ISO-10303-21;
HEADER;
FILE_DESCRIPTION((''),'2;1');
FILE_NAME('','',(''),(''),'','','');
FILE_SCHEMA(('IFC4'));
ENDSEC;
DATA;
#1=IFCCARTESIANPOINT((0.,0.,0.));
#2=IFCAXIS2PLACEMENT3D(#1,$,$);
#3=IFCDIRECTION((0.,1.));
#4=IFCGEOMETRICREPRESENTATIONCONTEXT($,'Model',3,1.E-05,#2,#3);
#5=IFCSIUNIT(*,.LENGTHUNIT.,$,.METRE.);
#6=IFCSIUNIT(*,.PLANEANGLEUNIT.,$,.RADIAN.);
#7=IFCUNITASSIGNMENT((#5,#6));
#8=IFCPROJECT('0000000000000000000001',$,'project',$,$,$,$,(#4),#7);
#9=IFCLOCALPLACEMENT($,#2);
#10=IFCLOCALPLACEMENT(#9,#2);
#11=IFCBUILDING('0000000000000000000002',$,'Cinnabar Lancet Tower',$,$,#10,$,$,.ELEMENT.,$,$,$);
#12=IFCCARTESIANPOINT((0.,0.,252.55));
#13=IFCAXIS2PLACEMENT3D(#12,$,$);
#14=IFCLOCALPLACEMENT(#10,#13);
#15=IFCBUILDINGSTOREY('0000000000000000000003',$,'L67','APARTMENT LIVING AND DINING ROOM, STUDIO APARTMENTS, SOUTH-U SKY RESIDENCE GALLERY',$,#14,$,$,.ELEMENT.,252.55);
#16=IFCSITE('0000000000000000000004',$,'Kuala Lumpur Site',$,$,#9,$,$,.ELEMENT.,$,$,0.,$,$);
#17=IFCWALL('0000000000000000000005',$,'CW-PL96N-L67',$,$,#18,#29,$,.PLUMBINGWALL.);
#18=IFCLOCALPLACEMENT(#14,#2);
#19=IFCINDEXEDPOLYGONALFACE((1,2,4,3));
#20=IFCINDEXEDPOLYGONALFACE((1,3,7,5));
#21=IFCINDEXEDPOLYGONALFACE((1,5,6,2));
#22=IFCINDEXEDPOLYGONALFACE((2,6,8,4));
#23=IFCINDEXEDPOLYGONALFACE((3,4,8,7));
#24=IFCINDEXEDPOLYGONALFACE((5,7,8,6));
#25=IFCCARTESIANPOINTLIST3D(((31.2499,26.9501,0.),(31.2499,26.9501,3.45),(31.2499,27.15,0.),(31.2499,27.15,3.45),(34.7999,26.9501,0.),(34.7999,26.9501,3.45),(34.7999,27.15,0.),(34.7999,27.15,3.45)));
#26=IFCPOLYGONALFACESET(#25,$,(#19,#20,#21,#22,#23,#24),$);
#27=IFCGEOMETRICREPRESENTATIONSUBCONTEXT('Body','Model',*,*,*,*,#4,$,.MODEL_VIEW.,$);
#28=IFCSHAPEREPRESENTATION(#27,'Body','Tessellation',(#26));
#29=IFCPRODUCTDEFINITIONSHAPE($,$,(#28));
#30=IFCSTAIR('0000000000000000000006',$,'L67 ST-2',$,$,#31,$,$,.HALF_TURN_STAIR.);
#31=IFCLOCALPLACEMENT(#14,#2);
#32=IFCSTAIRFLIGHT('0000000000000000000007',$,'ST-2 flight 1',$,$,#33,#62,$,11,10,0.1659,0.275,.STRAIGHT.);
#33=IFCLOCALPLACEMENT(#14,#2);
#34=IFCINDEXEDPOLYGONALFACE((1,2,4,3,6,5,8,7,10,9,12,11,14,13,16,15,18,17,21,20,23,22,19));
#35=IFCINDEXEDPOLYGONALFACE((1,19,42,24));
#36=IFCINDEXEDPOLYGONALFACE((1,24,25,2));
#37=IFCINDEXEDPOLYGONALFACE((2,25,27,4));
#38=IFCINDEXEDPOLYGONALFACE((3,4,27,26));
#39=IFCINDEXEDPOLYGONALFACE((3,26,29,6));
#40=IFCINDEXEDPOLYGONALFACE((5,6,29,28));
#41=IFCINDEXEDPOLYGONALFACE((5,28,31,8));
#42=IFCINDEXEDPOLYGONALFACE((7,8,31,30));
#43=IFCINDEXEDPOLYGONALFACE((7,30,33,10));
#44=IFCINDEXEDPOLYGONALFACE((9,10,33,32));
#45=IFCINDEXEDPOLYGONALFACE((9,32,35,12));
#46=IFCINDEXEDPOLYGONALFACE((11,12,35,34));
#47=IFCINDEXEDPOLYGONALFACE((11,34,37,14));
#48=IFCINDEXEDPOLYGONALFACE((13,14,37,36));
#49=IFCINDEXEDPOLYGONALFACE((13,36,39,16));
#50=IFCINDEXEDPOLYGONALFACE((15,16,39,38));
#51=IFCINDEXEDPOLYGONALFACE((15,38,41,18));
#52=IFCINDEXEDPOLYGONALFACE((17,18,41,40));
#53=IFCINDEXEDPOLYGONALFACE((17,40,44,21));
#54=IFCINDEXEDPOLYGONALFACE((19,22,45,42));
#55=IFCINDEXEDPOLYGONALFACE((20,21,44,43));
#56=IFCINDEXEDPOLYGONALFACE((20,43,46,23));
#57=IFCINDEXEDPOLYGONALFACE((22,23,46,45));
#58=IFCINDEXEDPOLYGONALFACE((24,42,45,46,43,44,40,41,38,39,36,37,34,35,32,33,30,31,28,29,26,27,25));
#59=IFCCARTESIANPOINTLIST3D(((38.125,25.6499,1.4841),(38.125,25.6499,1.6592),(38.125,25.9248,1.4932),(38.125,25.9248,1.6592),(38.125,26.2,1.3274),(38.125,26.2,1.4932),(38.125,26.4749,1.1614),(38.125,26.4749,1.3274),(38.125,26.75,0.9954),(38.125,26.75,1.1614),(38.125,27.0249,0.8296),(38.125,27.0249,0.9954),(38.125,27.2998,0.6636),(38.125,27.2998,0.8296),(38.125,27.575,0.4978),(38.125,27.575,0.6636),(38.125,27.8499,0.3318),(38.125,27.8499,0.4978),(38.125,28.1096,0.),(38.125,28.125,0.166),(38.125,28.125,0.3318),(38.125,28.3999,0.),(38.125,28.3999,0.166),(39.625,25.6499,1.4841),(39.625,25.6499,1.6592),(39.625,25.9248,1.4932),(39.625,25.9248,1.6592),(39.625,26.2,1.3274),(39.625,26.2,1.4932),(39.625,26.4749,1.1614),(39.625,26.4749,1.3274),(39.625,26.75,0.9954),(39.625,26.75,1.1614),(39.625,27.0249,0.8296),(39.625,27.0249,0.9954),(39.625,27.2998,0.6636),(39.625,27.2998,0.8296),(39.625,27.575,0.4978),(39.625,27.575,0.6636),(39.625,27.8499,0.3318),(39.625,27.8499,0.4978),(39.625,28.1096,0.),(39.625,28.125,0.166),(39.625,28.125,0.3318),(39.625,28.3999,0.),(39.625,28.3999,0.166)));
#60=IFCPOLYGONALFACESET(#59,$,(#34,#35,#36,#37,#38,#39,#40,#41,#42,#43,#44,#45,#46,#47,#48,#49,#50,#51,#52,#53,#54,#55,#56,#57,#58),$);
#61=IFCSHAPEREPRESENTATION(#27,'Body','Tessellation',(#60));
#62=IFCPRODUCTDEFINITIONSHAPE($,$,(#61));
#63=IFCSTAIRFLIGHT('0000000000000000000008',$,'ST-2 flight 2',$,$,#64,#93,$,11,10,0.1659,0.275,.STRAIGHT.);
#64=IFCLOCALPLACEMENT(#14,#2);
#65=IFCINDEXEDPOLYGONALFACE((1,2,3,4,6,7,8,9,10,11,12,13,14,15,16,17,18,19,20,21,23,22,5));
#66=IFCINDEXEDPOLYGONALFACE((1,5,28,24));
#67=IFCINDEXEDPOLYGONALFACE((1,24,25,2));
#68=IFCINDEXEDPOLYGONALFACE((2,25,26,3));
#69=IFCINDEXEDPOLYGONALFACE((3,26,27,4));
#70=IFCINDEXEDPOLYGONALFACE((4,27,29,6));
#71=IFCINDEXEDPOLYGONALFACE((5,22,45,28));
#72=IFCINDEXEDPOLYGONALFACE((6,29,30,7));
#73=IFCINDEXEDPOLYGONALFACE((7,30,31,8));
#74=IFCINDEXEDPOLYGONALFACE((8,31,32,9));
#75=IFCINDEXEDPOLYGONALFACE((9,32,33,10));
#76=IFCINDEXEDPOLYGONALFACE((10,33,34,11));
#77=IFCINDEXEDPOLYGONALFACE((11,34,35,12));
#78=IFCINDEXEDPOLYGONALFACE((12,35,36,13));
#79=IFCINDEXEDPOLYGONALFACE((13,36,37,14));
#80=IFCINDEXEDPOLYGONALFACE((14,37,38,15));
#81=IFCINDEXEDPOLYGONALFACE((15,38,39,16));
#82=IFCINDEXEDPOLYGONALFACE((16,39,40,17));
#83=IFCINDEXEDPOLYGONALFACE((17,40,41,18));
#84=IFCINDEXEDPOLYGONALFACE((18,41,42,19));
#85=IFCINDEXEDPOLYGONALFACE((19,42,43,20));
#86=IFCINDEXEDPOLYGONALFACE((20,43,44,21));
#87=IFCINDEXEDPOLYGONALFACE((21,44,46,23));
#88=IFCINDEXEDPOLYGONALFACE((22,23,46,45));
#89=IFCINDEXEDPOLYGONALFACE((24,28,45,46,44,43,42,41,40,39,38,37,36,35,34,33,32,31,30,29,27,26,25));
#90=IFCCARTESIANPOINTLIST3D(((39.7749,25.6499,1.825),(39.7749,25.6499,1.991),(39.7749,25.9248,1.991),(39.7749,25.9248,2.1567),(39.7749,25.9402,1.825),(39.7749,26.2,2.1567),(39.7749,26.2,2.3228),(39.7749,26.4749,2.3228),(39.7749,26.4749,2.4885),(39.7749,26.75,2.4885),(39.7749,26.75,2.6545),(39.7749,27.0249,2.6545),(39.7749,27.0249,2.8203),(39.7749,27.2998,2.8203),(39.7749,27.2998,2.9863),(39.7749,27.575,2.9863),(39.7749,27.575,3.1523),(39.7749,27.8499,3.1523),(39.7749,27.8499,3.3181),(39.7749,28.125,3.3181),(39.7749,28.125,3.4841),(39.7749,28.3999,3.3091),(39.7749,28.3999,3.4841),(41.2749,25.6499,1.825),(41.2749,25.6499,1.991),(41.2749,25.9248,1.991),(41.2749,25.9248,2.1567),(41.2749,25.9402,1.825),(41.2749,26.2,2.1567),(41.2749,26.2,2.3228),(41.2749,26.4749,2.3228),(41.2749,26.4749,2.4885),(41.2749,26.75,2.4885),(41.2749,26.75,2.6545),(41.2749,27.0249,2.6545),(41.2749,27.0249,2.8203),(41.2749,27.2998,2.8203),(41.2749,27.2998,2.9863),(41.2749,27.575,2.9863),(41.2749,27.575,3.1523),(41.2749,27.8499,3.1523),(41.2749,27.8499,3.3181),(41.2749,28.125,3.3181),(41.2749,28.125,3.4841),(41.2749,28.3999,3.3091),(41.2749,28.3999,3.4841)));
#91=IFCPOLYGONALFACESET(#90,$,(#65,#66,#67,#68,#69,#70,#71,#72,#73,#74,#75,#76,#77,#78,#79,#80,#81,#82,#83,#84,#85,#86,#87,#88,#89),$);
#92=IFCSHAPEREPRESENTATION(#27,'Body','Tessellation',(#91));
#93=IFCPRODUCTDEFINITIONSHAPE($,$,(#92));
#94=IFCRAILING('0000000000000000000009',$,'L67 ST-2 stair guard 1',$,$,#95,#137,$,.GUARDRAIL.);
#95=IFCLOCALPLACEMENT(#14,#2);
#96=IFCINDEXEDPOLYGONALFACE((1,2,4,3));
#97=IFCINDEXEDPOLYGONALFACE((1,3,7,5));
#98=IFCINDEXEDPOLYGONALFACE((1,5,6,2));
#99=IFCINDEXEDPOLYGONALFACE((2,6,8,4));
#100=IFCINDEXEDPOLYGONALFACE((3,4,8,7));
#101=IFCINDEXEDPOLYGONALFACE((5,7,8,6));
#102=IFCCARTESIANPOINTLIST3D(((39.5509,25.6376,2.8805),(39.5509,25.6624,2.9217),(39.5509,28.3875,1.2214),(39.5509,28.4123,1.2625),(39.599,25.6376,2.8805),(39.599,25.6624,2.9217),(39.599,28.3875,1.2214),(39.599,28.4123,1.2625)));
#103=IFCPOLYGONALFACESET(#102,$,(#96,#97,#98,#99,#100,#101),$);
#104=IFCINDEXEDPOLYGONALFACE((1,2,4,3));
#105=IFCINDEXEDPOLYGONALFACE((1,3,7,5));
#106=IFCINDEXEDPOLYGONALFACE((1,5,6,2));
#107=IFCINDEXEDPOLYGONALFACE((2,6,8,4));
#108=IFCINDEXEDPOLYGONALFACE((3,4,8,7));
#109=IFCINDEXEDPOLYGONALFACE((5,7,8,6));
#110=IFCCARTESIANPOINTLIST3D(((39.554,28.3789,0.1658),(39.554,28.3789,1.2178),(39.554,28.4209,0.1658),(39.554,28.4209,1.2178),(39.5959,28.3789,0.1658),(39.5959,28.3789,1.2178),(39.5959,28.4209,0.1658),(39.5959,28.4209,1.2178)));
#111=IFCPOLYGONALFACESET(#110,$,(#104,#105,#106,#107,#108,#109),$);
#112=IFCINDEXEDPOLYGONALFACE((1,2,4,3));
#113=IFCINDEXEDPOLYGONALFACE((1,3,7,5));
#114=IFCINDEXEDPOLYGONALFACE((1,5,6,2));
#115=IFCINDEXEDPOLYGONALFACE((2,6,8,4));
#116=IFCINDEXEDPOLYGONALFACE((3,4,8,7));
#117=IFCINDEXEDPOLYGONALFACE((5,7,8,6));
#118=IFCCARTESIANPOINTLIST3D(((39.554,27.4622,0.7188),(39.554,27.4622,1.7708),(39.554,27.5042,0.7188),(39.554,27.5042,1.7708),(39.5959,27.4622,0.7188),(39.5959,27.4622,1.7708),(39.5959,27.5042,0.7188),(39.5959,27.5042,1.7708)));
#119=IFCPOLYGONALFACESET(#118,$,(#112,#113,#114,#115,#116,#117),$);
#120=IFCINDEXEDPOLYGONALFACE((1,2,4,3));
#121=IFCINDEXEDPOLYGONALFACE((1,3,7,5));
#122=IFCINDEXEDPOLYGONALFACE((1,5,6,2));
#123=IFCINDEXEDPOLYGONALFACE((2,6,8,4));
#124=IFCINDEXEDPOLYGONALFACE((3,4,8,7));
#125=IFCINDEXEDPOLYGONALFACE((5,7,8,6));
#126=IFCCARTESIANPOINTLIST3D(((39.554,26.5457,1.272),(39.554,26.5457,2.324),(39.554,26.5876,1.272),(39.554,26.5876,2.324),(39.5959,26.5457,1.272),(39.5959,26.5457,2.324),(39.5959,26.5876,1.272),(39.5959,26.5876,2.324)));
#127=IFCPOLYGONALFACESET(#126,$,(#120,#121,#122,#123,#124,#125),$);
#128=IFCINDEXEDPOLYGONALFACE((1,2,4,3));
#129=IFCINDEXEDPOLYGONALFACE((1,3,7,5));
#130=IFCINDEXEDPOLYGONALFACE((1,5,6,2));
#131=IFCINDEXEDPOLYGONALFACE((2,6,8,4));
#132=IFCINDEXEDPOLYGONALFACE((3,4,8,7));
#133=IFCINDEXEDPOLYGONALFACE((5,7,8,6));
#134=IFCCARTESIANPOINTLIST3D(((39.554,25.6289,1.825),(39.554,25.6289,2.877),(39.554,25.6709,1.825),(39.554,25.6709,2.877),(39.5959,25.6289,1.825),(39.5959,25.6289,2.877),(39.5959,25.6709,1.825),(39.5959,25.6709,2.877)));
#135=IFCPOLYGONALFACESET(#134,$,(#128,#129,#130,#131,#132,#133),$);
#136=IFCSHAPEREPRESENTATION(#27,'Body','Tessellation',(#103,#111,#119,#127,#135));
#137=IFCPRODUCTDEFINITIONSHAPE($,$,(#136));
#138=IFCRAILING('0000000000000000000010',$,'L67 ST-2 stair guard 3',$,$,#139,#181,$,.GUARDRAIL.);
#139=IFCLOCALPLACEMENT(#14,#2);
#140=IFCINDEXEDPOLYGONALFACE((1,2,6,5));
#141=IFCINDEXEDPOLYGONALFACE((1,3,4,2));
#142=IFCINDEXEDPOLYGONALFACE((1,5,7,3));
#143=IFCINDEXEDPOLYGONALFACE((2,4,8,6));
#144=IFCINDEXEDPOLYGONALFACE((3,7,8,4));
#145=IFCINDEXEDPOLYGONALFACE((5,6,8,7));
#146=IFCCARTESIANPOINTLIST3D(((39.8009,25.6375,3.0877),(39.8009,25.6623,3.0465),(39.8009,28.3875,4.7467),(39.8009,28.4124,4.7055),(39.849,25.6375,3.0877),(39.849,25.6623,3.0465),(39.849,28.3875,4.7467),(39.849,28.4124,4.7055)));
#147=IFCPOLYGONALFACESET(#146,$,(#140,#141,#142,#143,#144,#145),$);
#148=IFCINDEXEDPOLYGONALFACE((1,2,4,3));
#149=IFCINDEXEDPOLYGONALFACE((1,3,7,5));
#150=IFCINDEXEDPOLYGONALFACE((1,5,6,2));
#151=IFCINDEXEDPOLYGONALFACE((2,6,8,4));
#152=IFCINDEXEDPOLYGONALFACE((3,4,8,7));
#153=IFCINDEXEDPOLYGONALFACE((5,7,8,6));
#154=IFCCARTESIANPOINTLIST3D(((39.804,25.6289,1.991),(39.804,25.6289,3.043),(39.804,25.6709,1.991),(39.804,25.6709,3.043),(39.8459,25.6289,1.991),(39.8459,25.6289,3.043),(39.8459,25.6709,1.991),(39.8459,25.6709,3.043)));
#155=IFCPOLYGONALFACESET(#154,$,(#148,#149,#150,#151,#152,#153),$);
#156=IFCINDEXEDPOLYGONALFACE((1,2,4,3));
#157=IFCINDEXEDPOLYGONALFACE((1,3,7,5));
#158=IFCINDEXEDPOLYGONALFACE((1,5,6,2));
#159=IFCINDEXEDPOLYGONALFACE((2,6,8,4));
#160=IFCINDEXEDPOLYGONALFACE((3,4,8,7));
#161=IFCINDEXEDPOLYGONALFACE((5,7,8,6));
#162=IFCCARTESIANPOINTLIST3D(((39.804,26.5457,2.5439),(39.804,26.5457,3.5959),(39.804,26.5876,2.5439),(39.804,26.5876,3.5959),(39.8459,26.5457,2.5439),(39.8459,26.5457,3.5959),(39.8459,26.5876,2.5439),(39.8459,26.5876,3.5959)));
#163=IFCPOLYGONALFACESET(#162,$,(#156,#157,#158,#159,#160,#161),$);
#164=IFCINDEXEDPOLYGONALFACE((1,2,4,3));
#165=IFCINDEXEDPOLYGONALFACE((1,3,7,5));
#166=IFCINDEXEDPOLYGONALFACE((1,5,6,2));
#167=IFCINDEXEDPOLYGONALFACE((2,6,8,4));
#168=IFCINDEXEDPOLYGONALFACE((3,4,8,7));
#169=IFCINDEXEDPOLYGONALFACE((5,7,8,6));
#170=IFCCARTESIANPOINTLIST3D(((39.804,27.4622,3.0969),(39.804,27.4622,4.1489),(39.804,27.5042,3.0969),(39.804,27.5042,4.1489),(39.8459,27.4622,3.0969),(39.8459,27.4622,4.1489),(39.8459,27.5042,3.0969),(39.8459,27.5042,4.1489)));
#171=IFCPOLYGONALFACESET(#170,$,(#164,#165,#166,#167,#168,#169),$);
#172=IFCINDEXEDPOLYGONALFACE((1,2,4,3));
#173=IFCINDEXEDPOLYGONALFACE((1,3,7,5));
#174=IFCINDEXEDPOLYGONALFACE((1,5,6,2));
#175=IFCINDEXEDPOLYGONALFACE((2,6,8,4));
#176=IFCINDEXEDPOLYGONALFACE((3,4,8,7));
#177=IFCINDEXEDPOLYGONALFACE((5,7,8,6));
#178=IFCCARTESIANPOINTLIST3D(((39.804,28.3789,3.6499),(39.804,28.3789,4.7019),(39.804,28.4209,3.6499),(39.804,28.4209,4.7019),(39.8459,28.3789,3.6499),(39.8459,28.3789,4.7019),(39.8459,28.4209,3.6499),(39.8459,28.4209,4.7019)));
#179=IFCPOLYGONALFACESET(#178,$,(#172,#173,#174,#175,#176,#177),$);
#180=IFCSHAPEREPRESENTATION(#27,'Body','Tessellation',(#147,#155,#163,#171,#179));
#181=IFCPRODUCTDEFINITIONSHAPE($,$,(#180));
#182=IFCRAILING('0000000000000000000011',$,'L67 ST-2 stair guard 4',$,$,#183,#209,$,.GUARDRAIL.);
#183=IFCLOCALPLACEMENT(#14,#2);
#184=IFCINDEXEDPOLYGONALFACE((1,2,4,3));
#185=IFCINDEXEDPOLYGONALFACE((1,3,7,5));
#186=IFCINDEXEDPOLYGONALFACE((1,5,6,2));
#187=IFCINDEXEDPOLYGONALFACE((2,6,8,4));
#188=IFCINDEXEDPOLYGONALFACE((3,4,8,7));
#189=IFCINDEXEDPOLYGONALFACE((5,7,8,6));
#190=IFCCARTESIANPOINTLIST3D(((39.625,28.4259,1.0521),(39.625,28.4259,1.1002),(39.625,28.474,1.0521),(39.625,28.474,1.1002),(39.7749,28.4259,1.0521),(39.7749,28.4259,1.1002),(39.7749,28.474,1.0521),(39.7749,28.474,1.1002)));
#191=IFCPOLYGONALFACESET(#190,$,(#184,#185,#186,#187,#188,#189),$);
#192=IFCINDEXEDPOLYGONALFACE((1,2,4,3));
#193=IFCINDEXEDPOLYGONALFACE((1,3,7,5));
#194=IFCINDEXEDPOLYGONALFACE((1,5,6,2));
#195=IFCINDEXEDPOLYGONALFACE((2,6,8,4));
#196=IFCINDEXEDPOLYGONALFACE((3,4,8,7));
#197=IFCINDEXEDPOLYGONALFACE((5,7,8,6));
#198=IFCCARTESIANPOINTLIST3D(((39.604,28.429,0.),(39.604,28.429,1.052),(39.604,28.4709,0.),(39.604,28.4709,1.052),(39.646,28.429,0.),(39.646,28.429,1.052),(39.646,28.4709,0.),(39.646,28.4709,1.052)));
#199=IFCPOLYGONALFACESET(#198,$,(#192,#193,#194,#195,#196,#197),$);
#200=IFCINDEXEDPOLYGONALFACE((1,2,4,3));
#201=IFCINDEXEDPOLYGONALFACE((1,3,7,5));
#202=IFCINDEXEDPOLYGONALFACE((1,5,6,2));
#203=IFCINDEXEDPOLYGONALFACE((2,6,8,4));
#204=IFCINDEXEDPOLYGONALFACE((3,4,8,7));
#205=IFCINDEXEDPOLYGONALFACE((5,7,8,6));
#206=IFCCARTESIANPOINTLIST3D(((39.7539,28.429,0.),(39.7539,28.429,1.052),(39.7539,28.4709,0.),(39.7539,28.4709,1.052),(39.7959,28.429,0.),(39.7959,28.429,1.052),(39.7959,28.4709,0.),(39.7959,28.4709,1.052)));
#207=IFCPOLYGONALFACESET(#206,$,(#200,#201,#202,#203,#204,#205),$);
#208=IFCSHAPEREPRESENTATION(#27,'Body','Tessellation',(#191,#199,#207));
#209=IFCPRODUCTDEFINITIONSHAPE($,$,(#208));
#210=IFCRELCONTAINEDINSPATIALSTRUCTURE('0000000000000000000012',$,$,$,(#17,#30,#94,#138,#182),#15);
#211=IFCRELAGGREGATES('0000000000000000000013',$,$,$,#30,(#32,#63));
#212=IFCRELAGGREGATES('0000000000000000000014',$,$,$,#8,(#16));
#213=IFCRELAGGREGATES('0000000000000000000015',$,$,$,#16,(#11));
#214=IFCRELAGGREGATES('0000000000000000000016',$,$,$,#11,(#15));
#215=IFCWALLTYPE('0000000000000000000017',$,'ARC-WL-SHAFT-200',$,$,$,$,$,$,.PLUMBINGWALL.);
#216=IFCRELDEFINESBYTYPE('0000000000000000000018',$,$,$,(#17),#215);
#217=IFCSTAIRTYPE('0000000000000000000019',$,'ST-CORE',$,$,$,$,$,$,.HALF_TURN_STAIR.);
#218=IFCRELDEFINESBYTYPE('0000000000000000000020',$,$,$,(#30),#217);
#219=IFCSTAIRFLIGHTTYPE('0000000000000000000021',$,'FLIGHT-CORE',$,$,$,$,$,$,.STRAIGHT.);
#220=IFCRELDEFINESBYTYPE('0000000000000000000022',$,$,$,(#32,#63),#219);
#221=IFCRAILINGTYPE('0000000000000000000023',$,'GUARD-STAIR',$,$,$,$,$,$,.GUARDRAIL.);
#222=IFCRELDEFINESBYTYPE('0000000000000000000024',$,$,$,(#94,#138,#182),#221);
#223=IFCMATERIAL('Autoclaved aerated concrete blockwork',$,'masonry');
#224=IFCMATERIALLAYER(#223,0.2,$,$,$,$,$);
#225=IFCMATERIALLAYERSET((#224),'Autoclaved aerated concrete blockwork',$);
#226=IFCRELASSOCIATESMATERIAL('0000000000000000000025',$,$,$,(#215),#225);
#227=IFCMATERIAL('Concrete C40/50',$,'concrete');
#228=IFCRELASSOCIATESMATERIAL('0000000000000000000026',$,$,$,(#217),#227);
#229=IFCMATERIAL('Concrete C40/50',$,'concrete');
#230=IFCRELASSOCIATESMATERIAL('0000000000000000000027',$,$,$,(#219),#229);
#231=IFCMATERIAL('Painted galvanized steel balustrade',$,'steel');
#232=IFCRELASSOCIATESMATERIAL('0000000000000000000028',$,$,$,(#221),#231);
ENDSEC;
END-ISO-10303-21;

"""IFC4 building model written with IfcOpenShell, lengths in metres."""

from ifc_helpers import new_model, si_unit, direction, frame, frame_2d, origin, origin_2d, place, context, subcontext, project, spatial, polyline, rectangle, outline, extrude, material, layer, layer_set, type_object, element, aggregate, save


model = new_model("IFC4")

# Units and contexts
model_context = context("Model", 3, precision=1e-05, world=origin(), true_north=direction((0.0, 1.0)))
body_context = subcontext(model_context, "Body", "Model", "MODEL_VIEW")
ifc_project = project(units=[si_unit("LENGTHUNIT", "METRE"), si_unit("PLANEANGLEUNIT", "RADIAN")], contexts=[model_context])

# Site, building, storey
site_placement = place(None, origin())
site = spatial("IfcSite", under=ifc_project, at=site_placement, Name="Kuala Lumpur Site", CompositionType="ELEMENT", RefElevation=0.0)
building_placement = place(site_placement, origin())
building = spatial("IfcBuilding", under=site, at=building_placement, Name="Cinnabar Lancet Tower", CompositionType="ELEMENT")
storey_placement = place(building_placement, frame((0.0, 0.0, 252.55)))
storey = spatial("IfcBuildingStorey", under=building, at=storey_placement, Name="L67", Description="APARTMENT LIVING AND DINING ROOM, STUDIO APARTMENTS, SOUTH-U SKY RESIDENCE GALLERY", CompositionType="ELEMENT", Elevation=252.55)

# Shared definitions
ifc_material_1 = material(Name="Autoclaved aerated concrete blockwork", Category="masonry")
ifc_layer = layer(ifc_material_1, 0.2)
ifc_layer_set = layer_set([ifc_layer], Name="Autoclaved aerated concrete blockwork")
wall_type = type_object("IfcWallType", Name="ARC-WL-SHAFT-200", PredefinedType="PLUMBINGWALL", material=ifc_layer_set)

# Wall
wall_1_placement = place(storey_placement, frame((31.25, 27.05, 0.0), z_axis=(0.0, 0.0, 1.0), x_axis=(1.0, 0.0, 0.0)))
element("IfcWall", 1, at=wall_1_placement, inside=storey, type_object=wall_type, Name="CW-PL96N-L67", PredefinedType="PLUMBINGWALL", context=body_context, shape_type="SweptSolid", body=[
    extrude(rectangle(XDim=3.55, YDim=0.2, at=frame_2d((1.7749, 0.0))), origin(), (0.0, 0.0, 1.0), 3.45),
])

# Stair, stair flights
ifc_material_2 = material(Name="Concrete C40/50", Category="concrete")
stair_type = type_object("IfcStairType", Name="ST-CORE", PredefinedType="HALF_TURN_STAIR", material=ifc_material_2)
stair_placement = place(storey_placement, origin())
stair = element("IfcStair", 2, at=stair_placement, inside=storey, type_object=stair_type, Name="L67 ST-2", PredefinedType="HALF_TURN_STAIR")
ifc_material_3 = material(Name="Concrete C40/50", Category="concrete")
stair_flight_type = type_object("IfcStairFlightType", Name="FLIGHT-CORE", PredefinedType="STRAIGHT", material=ifc_material_3)
stair_flight_1_placement = place(storey_placement, frame((38.875, 28.3999, 0.0), z_axis=(0.0, 0.0, 1.0), x_axis=(0.0, -1.0, 0.0)))
stair_flight_1 = element("IfcStairFlight", 3, at=stair_flight_1_placement, type_object=stair_flight_type, Name="ST-2 flight 1", NumberOfRisers=11, NumberOfTreads=10, PredefinedType="STRAIGHT", RiserHeight=0.1659, TreadLength=0.275, context=body_context, shape_type="SweptSolid", body=[
    extrude(outline(polyline([(0.0, 0.0), (0.0, 0.166), (0.2749, 0.166), (0.2749, 0.3318), (0.55, 0.3318), (0.55, 0.4978), (0.825, 0.4978), (0.825, 0.6636), (1.1001, 0.6636), (1.1001, 0.8296), (1.375, 0.8296), (1.375, 0.9954), (1.6499, 0.9954), (1.6499, 1.1614), (1.925, 1.1614), (1.925, 1.3274), (2.2, 1.3274), (2.2, 1.4932), (2.4751, 1.4932), (2.4751, 1.6592), (2.75, 1.6592), (2.75, 1.825), (2.75, 1.4841), (0.2903, 0.0), (0.0, 0.0)])), frame((0.0, 0.75, 0.0), z_axis=(0.0, -1.0, 0.0), x_axis=(1.0, 0.0, 0.0)), (0.0, 0.0, 1.0), 1.5),
])
stair_flight_2_placement = place(storey_placement, frame((40.5249, 25.6499, 1.825), z_axis=(0.0, 0.0, 1.0), x_axis=(0.0, 1.0, 0.0)))
stair_flight_2 = element("IfcStairFlight", 4, at=stair_flight_2_placement, type_object=stair_flight_type, Name="ST-2 flight 2", NumberOfRisers=11, NumberOfTreads=10, PredefinedType="STRAIGHT", RiserHeight=0.1659, TreadLength=0.275, context=body_context, shape_type="SweptSolid", body=[
    extrude(outline(polyline([(0.0, 0.0), (0.0, 0.166), (0.2749, 0.166), (0.2749, 0.3318), (0.55, 0.3318), (0.55, 0.4978), (0.825, 0.4978), (0.825, 0.6636), (1.1001, 0.6636), (1.1001, 0.8296), (1.375, 0.8296), (1.375, 0.9954), (1.6499, 0.9954), (1.6499, 1.1614), (1.925, 1.1614), (1.925, 1.3274), (2.2, 1.3274), (2.2, 1.4932), (2.4751, 1.4932), (2.4751, 1.6592), (2.75, 1.6592), (2.75, 1.825), (2.75, 1.4841), (0.2903, 0.0), (0.0, 0.0)])), frame((0.0, 0.75, 0.0), z_axis=(0.0, -1.0, 0.0), x_axis=(1.0, 0.0, 0.0)), (0.0, 0.0, 1.0), 1.5),
])
aggregate(stair, [stair_flight_1, stair_flight_2])

# Railings
ifc_material_4 = material(Name="Painted galvanized steel balustrade", Category="steel")
railing_type_1 = type_object("IfcRailingType", Name="GUARD-STAIR", PredefinedType="GUARDRAIL", material=ifc_material_4)
railing_1_placement = place(storey_placement, frame((39.575, 28.3999, 0.1658)))
element("IfcRailing", 5, at=railing_1_placement, inside=storey, type_object=railing_type_1, Name="L67 ST-2 stair guard 1", PredefinedType="GUARDRAIL", context=body_context, shape_type="SweptSolid", body=[
    extrude(rectangle(XDim=0.0481, YDim=0.0481, at=origin_2d()), frame((0.0, 0.0, 1.0762), z_axis=(0.0, -0.856229, 0.516596), x_axis=(1.0, 0.0, 0.0)), (0.0, 0.0, 1.0), 3.2117),
    extrude(rectangle(XDim=0.042, YDim=0.042, at=origin_2d()), origin(), (0.0, 0.0, 1.0), 1.052),
    extrude(rectangle(XDim=0.042, YDim=0.042, at=origin_2d()), frame((0.0, -0.9167, 0.553)), (0.0, 0.0, 1.0), 1.052),
    extrude(rectangle(XDim=0.042, YDim=0.042, at=origin_2d()), frame((0.0, -1.8333, 1.1062)), (0.0, 0.0, 1.0), 1.052),
    extrude(rectangle(XDim=0.042, YDim=0.042, at=origin_2d()), frame((0.0, -2.75, 1.6592)), (0.0, 0.0, 1.0), 1.052),
])
railing_2_placement = place(storey_placement, frame((39.825, 25.6499, 1.991)))
element("IfcRailing", 6, at=railing_2_placement, inside=storey, type_object=railing_type_1, Name="L67 ST-2 stair guard 3", PredefinedType="GUARDRAIL", context=body_context, shape_type="SweptSolid", body=[
    extrude(rectangle(XDim=0.0481, YDim=0.0481, at=origin_2d()), frame((0.0, 0.0, 1.0762), z_axis=(0.0, 0.856263, 0.51654), x_axis=(-1.0, 0.0, 0.0)), (0.0, 0.0, 1.0), 3.2117),
    extrude(rectangle(XDim=0.042, YDim=0.042, at=origin_2d()), origin(), (0.0, 0.0, 1.0), 1.052),
    extrude(rectangle(XDim=0.042, YDim=0.042, at=origin_2d()), frame((0.0, 0.9167, 0.553)), (0.0, 0.0, 1.0), 1.052),
    extrude(rectangle(XDim=0.042, YDim=0.042, at=origin_2d()), frame((0.0, 1.8333, 1.106)), (0.0, 0.0, 1.0), 1.052),
    extrude(rectangle(XDim=0.042, YDim=0.042, at=origin_2d()), frame((0.0, 2.75, 1.6589)), (0.0, 0.0, 1.0), 1.052),
])
railing_3_placement = place(storey_placement, frame((39.625, 28.45, 0.0)))
element("IfcRailing", 7, at=railing_3_placement, inside=storey, type_object=railing_type_1, Name="L67 ST-2 stair guard 4", PredefinedType="GUARDRAIL", context=body_context, shape_type="SweptSolid", body=[
    extrude(rectangle(XDim=0.0481, YDim=0.0481, at=origin_2d()), frame((0.0, 0.0, 1.0762), z_axis=(1.0, 0.0, 0.0), x_axis=(0.0, 1.0, 0.0)), (0.0, 0.0, 1.0), 0.1499),
    extrude(rectangle(XDim=0.042, YDim=0.042, at=origin_2d()), origin(), (0.0, 0.0, 1.0), 1.052),
    extrude(rectangle(XDim=0.042, YDim=0.042, at=origin_2d()), frame((0.1499, 0.0, 0.0)), (0.0, 0.0, 1.0), 1.052),
])

save(model, "model.ifc")
